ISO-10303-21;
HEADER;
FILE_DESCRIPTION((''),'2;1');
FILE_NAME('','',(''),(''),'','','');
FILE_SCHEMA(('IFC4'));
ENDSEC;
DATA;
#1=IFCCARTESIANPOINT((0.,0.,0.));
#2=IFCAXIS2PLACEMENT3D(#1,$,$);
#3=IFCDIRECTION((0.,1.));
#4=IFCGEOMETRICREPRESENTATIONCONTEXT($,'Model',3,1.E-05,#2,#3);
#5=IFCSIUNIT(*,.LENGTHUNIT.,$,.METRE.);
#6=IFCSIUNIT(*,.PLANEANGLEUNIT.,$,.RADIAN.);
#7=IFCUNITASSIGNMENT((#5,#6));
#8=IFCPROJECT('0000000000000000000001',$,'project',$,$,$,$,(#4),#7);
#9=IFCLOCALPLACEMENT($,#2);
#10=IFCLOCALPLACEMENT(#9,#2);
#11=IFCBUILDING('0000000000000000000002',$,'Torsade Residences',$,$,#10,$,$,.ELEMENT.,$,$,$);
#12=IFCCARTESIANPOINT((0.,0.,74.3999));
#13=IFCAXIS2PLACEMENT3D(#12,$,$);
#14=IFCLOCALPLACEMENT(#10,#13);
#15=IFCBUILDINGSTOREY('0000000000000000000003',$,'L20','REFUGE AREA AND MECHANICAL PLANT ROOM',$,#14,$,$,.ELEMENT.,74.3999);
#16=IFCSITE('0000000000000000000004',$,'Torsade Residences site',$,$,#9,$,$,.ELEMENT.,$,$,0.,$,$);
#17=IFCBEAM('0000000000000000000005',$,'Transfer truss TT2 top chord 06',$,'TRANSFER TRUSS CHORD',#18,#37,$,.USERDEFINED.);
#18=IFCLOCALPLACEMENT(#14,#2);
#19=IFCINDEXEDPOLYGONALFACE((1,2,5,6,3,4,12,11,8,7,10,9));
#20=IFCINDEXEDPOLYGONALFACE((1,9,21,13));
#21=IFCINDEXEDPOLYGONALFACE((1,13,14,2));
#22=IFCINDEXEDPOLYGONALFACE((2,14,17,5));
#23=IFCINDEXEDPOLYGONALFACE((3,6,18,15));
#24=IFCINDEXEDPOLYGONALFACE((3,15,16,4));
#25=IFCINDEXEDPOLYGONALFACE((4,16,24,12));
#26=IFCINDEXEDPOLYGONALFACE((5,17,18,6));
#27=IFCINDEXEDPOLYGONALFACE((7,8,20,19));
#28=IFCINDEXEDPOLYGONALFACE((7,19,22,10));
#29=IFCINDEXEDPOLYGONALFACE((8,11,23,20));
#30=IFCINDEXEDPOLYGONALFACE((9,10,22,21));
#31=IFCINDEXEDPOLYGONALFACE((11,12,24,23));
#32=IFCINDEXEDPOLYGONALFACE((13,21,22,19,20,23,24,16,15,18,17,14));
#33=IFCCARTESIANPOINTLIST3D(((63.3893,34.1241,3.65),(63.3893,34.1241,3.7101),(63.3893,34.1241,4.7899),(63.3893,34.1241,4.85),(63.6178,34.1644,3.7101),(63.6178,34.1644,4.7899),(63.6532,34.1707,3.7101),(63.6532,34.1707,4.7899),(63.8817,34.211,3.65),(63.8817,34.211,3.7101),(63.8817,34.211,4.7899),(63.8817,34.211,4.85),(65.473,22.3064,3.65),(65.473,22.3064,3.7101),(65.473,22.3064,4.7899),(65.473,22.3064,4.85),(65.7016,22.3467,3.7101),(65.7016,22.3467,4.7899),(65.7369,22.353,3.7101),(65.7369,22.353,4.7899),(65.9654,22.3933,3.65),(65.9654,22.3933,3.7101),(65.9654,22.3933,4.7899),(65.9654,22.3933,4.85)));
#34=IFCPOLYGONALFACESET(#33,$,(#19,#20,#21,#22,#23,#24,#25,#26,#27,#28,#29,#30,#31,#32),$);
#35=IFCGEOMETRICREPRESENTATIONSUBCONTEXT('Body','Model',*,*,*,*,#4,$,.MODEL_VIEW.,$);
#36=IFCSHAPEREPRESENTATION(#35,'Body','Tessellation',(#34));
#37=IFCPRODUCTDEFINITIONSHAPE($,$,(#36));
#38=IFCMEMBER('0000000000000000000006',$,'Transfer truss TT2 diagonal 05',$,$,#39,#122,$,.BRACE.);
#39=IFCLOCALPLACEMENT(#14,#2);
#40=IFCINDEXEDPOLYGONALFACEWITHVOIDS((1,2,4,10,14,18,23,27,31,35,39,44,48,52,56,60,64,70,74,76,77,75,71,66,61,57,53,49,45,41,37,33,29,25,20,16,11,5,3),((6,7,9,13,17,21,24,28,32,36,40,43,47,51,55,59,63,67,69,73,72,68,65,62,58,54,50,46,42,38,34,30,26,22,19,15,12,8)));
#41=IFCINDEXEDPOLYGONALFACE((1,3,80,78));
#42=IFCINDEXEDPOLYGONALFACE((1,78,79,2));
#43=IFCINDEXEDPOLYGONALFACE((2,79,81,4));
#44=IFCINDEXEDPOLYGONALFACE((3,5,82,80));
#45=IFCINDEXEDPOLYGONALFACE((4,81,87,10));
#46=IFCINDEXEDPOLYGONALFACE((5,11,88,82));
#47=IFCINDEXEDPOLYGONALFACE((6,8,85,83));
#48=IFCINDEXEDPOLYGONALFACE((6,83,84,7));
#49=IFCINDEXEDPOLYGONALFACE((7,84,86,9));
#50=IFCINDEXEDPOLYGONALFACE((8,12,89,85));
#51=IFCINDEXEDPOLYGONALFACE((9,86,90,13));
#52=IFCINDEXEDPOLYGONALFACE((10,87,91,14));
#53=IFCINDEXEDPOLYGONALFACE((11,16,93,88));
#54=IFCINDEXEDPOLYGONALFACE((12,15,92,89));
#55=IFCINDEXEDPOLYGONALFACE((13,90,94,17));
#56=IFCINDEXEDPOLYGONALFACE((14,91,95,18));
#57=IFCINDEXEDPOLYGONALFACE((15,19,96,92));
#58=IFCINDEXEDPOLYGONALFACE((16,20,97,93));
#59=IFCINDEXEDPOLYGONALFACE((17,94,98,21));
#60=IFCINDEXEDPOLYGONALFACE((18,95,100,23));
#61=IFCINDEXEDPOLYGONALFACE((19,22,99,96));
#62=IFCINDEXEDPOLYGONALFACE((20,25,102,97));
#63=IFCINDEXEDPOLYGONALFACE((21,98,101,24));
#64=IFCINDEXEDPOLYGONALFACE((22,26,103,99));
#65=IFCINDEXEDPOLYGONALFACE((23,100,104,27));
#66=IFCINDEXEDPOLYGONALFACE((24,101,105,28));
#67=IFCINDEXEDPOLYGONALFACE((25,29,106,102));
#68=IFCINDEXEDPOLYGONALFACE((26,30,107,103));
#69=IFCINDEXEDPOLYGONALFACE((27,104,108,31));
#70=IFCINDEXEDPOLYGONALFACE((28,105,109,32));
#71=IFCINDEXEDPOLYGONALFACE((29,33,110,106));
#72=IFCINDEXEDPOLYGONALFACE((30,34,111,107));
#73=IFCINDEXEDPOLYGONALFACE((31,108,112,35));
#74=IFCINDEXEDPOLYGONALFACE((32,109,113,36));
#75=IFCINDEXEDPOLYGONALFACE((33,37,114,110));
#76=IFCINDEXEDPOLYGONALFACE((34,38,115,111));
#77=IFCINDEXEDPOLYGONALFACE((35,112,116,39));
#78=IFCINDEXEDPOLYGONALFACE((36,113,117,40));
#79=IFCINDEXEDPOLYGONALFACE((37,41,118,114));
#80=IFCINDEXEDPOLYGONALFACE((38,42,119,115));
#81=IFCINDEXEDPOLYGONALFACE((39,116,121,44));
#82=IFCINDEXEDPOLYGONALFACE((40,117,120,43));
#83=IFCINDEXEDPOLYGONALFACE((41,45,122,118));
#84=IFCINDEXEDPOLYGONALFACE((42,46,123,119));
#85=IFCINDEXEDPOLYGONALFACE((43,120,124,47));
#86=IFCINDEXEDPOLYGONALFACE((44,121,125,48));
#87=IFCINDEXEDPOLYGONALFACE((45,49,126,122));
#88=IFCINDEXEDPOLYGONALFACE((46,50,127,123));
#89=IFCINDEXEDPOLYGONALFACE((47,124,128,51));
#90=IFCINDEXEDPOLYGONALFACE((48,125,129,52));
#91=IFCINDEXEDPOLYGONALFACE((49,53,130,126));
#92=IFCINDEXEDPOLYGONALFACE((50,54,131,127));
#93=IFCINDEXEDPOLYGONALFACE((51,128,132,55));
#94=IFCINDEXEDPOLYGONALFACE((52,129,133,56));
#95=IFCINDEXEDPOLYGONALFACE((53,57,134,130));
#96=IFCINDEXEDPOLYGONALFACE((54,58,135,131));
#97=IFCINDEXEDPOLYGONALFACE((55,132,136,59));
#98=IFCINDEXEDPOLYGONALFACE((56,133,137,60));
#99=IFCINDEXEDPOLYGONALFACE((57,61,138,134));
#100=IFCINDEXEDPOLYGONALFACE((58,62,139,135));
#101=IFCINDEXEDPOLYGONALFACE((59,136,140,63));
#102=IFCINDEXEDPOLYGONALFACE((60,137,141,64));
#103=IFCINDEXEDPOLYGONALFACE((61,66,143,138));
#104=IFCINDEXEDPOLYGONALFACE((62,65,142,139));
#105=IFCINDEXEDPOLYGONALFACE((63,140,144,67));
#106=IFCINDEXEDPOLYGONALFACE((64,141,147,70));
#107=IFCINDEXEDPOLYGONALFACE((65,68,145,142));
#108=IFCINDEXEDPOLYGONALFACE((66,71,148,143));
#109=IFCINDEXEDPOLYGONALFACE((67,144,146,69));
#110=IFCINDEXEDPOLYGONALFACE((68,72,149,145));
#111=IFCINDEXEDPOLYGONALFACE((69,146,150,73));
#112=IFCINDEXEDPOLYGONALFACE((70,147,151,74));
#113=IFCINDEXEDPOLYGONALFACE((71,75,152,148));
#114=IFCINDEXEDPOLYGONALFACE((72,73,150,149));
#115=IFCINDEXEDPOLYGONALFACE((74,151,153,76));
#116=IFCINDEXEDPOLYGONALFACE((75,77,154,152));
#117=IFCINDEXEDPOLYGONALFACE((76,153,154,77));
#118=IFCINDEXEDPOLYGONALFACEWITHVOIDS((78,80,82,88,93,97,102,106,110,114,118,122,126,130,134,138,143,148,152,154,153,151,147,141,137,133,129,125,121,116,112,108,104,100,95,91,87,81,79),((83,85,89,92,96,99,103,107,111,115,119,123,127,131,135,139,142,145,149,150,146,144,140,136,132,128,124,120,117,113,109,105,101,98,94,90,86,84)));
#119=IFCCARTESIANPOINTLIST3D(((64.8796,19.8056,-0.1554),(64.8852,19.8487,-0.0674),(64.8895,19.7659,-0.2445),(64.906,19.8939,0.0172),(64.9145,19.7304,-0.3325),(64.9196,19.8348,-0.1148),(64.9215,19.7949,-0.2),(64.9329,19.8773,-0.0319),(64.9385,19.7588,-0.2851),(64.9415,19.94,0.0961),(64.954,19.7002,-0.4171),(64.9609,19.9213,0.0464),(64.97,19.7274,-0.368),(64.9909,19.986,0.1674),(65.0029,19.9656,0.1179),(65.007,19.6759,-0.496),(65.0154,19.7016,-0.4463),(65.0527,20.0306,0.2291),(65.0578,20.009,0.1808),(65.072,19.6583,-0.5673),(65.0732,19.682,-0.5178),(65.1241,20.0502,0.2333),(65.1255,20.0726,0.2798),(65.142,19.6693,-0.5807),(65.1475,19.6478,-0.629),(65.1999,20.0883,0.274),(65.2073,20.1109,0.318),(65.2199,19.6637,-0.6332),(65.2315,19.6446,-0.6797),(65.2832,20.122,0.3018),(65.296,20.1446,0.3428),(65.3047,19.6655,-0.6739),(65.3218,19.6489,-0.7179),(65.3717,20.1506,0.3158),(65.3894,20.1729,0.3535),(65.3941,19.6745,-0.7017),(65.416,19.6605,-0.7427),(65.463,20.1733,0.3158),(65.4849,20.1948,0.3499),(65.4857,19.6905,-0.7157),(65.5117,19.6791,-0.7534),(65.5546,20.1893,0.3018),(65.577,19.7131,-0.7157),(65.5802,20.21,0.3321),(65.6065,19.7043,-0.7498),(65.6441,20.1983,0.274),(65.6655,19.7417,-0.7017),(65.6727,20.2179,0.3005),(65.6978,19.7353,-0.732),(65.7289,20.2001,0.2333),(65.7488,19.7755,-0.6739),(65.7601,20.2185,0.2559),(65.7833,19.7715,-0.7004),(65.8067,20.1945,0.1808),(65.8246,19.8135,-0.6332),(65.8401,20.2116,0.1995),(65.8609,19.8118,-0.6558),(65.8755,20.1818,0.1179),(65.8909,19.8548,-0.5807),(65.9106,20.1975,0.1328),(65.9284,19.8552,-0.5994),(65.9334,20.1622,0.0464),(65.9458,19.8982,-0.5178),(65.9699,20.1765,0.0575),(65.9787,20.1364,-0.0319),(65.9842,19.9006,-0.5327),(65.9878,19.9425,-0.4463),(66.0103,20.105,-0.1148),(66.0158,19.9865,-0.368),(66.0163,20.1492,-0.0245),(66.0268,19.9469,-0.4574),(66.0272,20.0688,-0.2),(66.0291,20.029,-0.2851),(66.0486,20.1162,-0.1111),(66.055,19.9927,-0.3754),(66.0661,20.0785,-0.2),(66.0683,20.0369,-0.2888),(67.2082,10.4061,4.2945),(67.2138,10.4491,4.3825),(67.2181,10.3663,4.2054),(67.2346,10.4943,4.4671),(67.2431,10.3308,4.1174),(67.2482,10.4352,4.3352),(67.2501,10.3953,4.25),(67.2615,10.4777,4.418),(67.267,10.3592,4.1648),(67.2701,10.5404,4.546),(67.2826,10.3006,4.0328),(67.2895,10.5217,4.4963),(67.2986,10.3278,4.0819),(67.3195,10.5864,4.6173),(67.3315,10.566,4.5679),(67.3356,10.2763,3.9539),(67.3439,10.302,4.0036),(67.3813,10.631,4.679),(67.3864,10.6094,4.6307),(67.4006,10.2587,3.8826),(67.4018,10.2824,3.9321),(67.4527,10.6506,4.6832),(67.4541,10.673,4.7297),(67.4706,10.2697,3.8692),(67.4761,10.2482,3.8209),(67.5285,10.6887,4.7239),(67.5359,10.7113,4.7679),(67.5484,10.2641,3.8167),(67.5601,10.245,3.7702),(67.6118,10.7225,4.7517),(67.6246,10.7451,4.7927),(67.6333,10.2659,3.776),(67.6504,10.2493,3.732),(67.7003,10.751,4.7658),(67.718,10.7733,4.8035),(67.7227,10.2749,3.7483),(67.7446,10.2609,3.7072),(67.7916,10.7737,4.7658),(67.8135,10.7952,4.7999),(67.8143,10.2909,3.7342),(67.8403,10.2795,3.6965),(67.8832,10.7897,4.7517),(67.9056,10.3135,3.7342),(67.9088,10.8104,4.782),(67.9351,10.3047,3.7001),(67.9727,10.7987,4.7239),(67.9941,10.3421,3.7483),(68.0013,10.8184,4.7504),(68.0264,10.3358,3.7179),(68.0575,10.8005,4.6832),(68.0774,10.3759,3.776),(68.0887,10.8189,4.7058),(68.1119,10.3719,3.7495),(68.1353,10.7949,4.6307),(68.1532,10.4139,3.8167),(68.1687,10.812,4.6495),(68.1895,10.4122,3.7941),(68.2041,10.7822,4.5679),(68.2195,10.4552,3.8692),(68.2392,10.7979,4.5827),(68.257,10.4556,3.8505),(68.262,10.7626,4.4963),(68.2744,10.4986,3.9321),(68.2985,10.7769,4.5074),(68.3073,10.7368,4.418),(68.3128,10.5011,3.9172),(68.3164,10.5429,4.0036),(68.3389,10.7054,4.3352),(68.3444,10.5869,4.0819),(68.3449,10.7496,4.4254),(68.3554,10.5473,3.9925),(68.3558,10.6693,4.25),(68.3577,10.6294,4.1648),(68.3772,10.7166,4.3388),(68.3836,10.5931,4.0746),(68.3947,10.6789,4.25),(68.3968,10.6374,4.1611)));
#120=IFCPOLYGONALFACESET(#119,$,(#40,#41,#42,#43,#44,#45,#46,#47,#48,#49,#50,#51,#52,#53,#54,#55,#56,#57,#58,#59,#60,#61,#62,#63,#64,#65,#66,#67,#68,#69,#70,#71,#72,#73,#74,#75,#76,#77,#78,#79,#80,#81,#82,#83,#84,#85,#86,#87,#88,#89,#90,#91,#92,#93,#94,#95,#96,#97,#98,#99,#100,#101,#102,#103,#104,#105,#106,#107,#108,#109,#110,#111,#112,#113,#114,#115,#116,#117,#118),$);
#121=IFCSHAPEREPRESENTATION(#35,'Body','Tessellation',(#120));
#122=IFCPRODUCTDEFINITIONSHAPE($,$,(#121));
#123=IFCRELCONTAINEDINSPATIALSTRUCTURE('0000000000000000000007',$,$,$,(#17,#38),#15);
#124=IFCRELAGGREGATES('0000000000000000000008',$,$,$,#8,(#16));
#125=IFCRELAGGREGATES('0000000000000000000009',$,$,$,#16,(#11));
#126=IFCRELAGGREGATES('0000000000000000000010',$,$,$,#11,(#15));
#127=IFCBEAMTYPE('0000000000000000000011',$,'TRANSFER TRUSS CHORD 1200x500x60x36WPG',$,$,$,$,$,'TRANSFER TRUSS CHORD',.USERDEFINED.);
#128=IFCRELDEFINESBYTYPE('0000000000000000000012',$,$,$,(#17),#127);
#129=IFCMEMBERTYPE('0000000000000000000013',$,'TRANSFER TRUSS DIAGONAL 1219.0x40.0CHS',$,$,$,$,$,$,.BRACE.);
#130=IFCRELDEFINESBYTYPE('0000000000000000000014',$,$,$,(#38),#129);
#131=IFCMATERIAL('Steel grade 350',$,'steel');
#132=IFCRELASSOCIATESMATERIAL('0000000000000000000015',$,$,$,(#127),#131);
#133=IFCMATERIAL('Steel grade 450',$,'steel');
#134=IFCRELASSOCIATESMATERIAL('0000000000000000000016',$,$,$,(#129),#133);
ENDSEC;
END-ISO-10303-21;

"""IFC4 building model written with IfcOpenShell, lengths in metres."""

from ifc_helpers import new_model, si_unit, direction, frame, origin, origin_2d, place, context, subcontext, project, spatial, hollow_circle, i_section, extrude, material, material_profile, profile_set, type_object, element, save


model = new_model("IFC4")

# Units and contexts
model_context = context("Model", 3, precision=1e-05, world=origin(), true_north=direction((0.0, 1.0)))
body_context = subcontext(model_context, "Body", "Model", "MODEL_VIEW")
ifc_project = project(units=[si_unit("LENGTHUNIT", "METRE"), si_unit("PLANEANGLEUNIT", "RADIAN")], contexts=[model_context])

# Site, building, storey
site_placement = place(None, origin())
site = spatial("IfcSite", under=ifc_project, at=site_placement, Name="Torsade Residences site", CompositionType="ELEMENT", RefElevation=0.0)
building_placement = place(site_placement, origin())
building = spatial("IfcBuilding", under=site, at=building_placement, Name="Torsade Residences", CompositionType="ELEMENT")
storey_placement = place(building_placement, frame((0.0, 0.0, 74.3999)))
storey = spatial("IfcBuildingStorey", under=building, at=storey_placement, Name="L20", Description="REFUGE AREA AND MECHANICAL PLANT ROOM", CompositionType="ELEMENT", Elevation=74.3999)

# Beam
ifc_material_1 = material(Name="Steel grade 350", Category="steel")
ifc_material_profile_1 = material_profile(ifc_material_1, i_section(OverallWidth=0.5, OverallDepth=1.2, WebThickness=0.0359, FlangeThickness=0.0601, at=origin_2d()), Name="1200x500x60x36WPG")
ifc_profile_set_1 = profile_set([ifc_material_profile_1], Name="Steel grade 350")
beam_type_1 = type_object("IfcBeamType", Name="TRANSFER TRUSS CHORD 1200x500x60x36WPG", ElementType="TRANSFER TRUSS CHORD", PredefinedType="USERDEFINED", material=ifc_profile_set_1)
beam_1_placement = place(storey_placement, frame((65.7192, 22.3499, 4.25), z_axis=(-0.173646, 0.984808, 0.0), x_axis=(-0.984808, -0.173646, 0.0)))
element("IfcBeam", 1, at=beam_1_placement, inside=storey, type_object=beam_type_1, Name="Transfer truss TT2 top chord 06", ObjectType="TRANSFER TRUSS CHORD", PredefinedType="USERDEFINED", context=body_context, shape_type="SweptSolid", body=[
    extrude(i_section(OverallWidth=0.5, OverallDepth=1.2, WebThickness=0.0359, FlangeThickness=0.0601, at=origin_2d()), origin(), (0.0, 0.0, 1.0), 12.0),
])

# Member
ifc_material_2 = material(Name="Steel grade 450", Category="steel")
ifc_material_profile_2 = material_profile(ifc_material_2, hollow_circle(Radius=0.6096, WallThickness=0.04, at=origin_2d()), Name="1219.0x40.0CHS")
ifc_profile_set_2 = profile_set([ifc_material_profile_2], Name="Steel grade 450")
member_type_1 = type_object("IfcMemberType", Name="TRANSFER TRUSS DIAGONAL 1219.0x40.0CHS", PredefinedType="BRACE", material=ifc_profile_set_2)
member_1_placement = place(storey_placement, frame((65.4744, 19.9319, -0.2), z_axis=(0.218499, -0.881992, 0.41755), x_axis=(0.970658, 0.240465, 0.0)))
element("IfcMember", 2, at=member_1_placement, inside=storey, type_object=member_type_1, Name="Transfer truss TT2 diagonal 05", PredefinedType="BRACE", context=body_context, shape_type="SweptSolid", body=[
    extrude(hollow_circle(Radius=0.6096, WallThickness=0.04, at=origin_2d()), origin(), (0.0, 0.0, 1.0), 10.6572),
])

save(model, "model.ifc")
